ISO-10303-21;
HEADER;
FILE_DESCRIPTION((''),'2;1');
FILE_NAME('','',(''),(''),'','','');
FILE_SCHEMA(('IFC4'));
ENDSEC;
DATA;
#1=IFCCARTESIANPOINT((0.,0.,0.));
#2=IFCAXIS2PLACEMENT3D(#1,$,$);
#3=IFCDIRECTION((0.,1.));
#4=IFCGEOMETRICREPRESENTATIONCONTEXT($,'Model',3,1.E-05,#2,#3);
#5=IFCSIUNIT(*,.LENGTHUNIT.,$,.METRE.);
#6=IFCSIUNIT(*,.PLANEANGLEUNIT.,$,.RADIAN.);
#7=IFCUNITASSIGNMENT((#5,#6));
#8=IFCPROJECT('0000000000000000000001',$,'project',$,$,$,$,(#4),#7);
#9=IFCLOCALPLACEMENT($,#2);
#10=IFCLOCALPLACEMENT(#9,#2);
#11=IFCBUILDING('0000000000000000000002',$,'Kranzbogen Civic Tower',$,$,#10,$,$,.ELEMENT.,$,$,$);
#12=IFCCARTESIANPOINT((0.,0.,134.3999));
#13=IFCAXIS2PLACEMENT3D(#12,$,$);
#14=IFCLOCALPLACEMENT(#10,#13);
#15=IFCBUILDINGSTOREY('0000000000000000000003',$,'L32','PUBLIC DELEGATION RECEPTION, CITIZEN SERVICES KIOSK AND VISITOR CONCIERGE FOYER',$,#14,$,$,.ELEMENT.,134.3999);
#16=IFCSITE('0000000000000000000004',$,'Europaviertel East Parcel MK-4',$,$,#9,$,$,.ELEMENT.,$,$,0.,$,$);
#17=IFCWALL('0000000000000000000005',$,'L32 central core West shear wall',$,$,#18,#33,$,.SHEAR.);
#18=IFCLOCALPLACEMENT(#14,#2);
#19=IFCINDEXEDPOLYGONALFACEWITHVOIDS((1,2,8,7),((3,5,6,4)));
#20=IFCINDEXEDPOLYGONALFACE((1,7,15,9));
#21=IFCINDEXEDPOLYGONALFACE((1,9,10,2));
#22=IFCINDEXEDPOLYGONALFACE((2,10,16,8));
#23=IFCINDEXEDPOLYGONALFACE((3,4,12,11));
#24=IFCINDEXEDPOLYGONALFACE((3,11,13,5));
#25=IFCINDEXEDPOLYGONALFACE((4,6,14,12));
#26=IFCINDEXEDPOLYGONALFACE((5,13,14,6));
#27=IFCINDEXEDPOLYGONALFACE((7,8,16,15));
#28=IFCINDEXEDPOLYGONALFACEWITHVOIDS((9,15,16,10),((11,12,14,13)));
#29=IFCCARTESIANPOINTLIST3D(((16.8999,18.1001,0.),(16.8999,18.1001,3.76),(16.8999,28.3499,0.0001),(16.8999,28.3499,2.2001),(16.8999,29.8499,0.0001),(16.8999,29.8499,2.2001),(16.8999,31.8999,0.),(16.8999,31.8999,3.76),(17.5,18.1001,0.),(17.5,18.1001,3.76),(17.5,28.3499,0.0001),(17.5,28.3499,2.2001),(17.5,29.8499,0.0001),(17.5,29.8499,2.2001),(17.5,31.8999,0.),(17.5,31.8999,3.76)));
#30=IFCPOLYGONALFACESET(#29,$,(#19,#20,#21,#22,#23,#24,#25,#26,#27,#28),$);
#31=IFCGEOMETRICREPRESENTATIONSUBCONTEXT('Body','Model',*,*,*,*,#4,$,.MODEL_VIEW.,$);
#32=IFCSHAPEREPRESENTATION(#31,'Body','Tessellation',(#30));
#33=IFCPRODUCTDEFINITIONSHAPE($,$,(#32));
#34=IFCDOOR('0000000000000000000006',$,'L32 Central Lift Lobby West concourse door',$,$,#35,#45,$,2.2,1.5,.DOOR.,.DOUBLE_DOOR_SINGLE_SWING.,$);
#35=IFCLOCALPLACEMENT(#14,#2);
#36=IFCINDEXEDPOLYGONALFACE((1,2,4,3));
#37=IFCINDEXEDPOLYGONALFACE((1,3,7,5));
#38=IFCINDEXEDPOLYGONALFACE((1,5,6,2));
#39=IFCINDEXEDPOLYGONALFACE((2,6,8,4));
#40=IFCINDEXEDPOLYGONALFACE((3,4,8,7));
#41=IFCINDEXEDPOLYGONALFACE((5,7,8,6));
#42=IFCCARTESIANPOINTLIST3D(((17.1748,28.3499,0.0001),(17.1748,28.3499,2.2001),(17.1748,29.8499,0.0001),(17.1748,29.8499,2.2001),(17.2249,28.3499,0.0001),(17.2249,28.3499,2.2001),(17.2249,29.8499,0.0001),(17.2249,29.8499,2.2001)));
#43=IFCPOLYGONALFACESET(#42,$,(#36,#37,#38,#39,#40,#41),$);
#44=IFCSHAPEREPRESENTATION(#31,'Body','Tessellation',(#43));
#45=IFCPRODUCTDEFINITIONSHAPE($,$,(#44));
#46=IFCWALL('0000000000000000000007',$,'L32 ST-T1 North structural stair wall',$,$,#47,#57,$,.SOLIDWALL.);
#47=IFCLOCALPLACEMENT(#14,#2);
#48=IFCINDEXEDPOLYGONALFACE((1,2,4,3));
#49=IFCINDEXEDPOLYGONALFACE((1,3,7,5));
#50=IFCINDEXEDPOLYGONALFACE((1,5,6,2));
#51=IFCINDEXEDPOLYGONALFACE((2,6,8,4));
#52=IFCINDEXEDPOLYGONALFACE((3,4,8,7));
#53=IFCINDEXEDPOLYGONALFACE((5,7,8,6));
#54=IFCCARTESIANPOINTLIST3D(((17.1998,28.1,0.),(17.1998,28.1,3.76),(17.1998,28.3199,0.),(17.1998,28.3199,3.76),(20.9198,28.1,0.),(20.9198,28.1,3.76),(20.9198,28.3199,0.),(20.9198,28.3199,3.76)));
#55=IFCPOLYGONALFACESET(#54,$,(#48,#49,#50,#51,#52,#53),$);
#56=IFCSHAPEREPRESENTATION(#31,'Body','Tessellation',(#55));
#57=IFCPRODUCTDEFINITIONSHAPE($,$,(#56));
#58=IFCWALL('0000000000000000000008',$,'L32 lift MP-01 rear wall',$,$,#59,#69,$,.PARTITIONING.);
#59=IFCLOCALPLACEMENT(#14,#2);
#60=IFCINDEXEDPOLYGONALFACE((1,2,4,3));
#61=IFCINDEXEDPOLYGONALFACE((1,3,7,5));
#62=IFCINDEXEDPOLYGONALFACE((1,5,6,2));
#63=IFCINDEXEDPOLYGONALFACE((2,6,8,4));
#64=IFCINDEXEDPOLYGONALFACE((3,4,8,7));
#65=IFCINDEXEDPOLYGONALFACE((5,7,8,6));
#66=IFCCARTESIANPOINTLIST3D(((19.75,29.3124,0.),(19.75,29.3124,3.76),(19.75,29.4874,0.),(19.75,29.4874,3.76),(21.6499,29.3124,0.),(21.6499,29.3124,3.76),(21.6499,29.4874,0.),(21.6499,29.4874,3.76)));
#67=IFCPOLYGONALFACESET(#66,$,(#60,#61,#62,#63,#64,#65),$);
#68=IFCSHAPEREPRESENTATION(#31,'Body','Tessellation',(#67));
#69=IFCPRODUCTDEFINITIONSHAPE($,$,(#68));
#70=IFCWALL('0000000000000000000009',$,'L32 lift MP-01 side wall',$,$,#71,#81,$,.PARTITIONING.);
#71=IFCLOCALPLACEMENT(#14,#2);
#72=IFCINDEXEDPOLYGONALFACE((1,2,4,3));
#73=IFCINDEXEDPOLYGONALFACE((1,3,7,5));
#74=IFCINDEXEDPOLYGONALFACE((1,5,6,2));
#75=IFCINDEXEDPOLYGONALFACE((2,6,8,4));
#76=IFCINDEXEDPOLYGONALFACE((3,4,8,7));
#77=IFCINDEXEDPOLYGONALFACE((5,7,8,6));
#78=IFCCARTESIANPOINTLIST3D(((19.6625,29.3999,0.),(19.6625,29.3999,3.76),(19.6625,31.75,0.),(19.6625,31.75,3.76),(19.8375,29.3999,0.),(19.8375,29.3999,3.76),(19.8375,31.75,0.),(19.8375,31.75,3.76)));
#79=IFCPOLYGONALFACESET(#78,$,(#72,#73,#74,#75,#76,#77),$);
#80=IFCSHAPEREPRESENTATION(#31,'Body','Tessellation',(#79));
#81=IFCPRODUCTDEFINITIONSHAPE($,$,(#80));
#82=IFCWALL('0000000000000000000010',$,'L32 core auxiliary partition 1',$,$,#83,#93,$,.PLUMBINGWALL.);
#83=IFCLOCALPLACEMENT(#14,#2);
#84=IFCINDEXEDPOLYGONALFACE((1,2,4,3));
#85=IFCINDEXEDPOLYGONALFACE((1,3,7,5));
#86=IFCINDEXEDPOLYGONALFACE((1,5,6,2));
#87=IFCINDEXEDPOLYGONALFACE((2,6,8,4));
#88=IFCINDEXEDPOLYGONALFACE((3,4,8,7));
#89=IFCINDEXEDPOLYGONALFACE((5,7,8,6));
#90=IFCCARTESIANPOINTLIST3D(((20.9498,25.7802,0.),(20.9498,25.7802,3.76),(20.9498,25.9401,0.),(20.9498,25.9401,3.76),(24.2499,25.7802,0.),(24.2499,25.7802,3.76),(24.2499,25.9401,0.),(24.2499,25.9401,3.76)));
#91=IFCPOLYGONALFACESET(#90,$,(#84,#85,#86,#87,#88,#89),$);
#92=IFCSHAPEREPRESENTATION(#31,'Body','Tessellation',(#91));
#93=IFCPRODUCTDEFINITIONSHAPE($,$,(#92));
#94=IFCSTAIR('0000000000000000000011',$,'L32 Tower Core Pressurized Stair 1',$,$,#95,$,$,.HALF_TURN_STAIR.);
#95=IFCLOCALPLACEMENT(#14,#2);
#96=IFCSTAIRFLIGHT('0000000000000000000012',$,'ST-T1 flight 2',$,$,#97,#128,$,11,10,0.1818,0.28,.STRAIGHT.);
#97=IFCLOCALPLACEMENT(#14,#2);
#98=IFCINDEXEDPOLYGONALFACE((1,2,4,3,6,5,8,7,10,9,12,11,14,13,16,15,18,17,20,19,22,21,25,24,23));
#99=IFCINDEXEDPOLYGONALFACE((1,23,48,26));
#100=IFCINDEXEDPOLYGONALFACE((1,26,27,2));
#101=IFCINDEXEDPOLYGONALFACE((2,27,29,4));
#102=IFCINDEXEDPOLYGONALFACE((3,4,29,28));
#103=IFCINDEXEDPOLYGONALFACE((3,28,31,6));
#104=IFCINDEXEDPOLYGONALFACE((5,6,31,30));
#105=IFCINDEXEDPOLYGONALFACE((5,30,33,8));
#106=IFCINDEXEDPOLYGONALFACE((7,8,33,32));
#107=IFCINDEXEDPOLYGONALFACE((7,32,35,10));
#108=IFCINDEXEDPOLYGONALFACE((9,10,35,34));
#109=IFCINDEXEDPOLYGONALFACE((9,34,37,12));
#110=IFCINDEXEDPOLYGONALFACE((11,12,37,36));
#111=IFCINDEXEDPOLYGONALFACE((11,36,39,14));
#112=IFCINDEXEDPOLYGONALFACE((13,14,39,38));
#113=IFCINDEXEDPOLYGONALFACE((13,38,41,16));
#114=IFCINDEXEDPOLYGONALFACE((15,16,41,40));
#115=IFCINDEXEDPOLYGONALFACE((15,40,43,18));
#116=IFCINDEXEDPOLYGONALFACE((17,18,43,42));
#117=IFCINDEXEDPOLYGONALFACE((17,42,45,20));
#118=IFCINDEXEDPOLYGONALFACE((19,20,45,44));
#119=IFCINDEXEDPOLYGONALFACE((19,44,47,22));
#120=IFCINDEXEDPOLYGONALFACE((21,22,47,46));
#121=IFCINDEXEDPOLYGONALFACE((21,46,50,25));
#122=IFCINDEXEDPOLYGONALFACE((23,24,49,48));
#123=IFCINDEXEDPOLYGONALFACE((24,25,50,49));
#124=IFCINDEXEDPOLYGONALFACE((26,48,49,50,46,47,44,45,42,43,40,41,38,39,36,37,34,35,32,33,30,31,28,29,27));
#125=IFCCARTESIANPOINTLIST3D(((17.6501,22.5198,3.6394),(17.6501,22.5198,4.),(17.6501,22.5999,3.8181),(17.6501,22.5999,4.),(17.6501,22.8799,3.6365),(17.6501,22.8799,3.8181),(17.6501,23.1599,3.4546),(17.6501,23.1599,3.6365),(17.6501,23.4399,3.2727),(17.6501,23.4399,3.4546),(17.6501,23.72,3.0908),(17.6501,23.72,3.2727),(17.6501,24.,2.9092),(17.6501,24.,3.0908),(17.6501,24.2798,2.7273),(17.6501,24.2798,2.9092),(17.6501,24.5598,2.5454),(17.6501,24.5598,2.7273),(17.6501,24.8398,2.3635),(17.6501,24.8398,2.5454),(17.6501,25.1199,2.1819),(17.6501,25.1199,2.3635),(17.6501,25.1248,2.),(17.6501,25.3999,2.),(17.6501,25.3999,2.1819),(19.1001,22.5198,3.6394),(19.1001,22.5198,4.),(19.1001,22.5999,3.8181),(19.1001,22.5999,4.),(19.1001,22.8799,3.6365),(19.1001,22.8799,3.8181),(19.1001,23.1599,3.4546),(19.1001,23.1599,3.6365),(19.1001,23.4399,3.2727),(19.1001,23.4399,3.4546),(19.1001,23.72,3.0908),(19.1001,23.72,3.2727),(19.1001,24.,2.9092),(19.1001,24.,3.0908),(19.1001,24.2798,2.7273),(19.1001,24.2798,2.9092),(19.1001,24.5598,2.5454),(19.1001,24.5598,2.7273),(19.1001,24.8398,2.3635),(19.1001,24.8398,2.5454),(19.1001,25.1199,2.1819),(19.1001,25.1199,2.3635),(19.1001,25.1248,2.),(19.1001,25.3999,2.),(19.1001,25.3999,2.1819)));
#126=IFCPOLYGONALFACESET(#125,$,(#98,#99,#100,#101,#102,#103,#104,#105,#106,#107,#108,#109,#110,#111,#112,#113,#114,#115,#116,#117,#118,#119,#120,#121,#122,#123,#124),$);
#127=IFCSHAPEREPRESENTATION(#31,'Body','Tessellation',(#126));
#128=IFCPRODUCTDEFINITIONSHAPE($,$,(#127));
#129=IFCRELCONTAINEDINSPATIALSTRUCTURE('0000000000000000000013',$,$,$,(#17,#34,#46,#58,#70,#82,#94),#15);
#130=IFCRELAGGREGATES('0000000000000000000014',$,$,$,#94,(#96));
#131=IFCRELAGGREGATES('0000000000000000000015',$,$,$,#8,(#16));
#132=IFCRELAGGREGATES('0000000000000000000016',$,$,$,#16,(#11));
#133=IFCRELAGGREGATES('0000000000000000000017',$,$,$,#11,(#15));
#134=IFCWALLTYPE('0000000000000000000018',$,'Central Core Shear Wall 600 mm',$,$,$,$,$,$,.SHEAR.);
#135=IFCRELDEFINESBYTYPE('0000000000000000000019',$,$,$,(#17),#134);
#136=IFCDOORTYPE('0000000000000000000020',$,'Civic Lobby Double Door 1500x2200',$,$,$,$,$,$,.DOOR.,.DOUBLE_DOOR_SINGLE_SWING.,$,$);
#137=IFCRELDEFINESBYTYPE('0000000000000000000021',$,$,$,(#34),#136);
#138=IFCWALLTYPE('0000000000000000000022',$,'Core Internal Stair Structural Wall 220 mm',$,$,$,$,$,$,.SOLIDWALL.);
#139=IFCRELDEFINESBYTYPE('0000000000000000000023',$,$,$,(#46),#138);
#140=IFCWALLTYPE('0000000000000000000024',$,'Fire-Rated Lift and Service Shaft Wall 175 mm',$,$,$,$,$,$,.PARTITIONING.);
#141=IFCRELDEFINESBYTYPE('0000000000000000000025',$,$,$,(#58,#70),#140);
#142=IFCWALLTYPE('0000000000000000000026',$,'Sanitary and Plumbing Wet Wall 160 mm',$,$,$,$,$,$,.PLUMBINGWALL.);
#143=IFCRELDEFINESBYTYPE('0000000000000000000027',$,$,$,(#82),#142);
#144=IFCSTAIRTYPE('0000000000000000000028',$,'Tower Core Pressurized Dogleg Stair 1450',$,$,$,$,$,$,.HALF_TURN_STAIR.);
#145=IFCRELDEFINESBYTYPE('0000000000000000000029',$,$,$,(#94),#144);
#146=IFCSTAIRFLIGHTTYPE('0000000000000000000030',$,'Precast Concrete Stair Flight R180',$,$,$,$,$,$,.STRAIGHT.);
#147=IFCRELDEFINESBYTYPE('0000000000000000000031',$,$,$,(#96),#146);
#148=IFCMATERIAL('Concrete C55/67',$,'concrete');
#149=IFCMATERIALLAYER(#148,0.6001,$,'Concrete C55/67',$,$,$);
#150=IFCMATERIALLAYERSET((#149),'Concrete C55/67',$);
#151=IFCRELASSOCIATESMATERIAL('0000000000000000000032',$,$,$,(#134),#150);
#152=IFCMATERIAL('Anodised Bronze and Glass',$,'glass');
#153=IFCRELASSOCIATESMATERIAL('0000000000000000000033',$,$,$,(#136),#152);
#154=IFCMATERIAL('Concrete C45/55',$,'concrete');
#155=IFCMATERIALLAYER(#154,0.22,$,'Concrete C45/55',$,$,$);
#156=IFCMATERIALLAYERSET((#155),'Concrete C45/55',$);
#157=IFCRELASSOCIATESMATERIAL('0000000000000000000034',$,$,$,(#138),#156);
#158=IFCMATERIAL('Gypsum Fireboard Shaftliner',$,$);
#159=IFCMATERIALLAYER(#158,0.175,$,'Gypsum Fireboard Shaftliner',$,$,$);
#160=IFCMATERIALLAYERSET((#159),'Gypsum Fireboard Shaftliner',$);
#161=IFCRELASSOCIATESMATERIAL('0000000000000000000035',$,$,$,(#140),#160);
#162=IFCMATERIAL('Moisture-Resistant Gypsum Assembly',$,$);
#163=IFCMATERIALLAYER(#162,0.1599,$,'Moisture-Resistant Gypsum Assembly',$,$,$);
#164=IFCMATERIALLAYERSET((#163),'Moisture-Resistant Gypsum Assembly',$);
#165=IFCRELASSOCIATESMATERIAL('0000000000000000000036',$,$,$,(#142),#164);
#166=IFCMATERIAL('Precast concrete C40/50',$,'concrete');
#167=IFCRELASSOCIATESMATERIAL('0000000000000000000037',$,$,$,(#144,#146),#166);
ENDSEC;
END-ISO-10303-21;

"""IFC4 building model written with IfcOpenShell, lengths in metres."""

from ifc_helpers import new_model, si_unit, direction, frame, frame_2d, origin, place, context, subcontext, project, spatial, polyline, rectangle, outline, extrude, material, layer, layer_set, type_object, element, fill, aggregate, save


model = new_model("IFC4")

# Units and contexts
model_context = context("Model", 3, precision=1e-05, world=origin(), true_north=direction((0.0, 1.0)))
body_context = subcontext(model_context, "Body", "Model", "MODEL_VIEW")
ifc_project = project(units=[si_unit("LENGTHUNIT", "METRE"), si_unit("PLANEANGLEUNIT", "RADIAN")], contexts=[model_context])

# Site, building, storey
site_placement = place(None, origin())
site = spatial("IfcSite", under=ifc_project, at=site_placement, Name="Europaviertel East Parcel MK-4", CompositionType="ELEMENT", RefElevation=0.0)
building_placement = place(site_placement, origin())
building = spatial("IfcBuilding", under=site, at=building_placement, Name="Kranzbogen Civic Tower", CompositionType="ELEMENT")
storey_placement = place(building_placement, frame((0.0, 0.0, 134.3999)))
storey = spatial("IfcBuildingStorey", under=building, at=storey_placement, Name="L32", Description="PUBLIC DELEGATION RECEPTION, CITIZEN SERVICES KIOSK AND VISITOR CONCIERGE FOYER", CompositionType="ELEMENT", Elevation=134.3999)

# Wall, opening, door
ifc_material_1 = material(Name="Concrete C55/67", Category="concrete")
ifc_layer_1 = layer(ifc_material_1, 0.6001, Name="Concrete C55/67")
ifc_layer_set_1 = layer_set([ifc_layer_1], Name="Concrete C55/67")
wall_type_1 = type_object("IfcWallType", Name="Central Core Shear Wall 600 mm", PredefinedType="SHEAR", material=ifc_layer_set_1)
wall_1_placement = place(storey_placement, frame((17.2, 31.8999, 0.0), z_axis=(0.0, 0.0, 1.0), x_axis=(0.0, -1.0, 0.0)))
wall_1 = element("IfcWall", 1, at=wall_1_placement, inside=storey, type_object=wall_type_1, Name="L32 central core West shear wall", PredefinedType="SHEAR", context=body_context, shape_type="SweptSolid", body=[
    extrude(rectangle(XDim=13.7998, YDim=0.6001, at=frame_2d((6.8999, 0.0))), origin(), (0.0, 0.0, 1.0), 3.76),
])
opening_1_placement = place(wall_1_placement, frame((2.05, 0.0, 0.0)))
opening_1 = element("IfcOpeningElement", 2, at=opening_1_placement, cuts=wall_1, PredefinedType="OPENING", context=body_context, shape_type="SweptSolid", body=[
    extrude(rectangle(XDim=1.5, YDim=2.2, at=frame_2d((0.75, 1.1001))), frame((0.0, 0.3101, 0.0), z_axis=(0.0, -1.0, 0.0), x_axis=(1.0, 0.0, 0.0)), (0.0, 0.0, 1.0), 0.6201),
])
ifc_material_2 = material(Name="Anodised Bronze and Glass", Category="glass")
door_type_1 = type_object("IfcDoorType", Name="Civic Lobby Double Door 1500x2200", OperationType="DOUBLE_DOOR_SINGLE_SWING", PredefinedType="DOOR", material=ifc_material_2)
door_1_placement = place(opening_1_placement, origin())
door_1 = element("IfcDoor", 3, at=door_1_placement, inside=storey, type_object=door_type_1, Name="L32 Central Lift Lobby West concourse door", OperationType="DOUBLE_DOOR_SINGLE_SWING", OverallHeight=2.2, OverallWidth=1.5, PredefinedType="DOOR", context=body_context, shape_type="SweptSolid", body=[
    extrude(rectangle(XDim=1.5, YDim=2.2, at=frame_2d((0.75, 1.1001))), frame((0.0, 0.0249, 0.0), z_axis=(0.0, -1.0, 0.0), x_axis=(1.0, 0.0, 0.0)), (0.0, 0.0, 1.0), 0.05),
])
fill(opening_1, door_1)

# Walls
ifc_material_3 = material(Name="Concrete C45/55", Category="concrete")
ifc_layer_2 = layer(ifc_material_3, 0.22, Name="Concrete C45/55")
ifc_layer_set_2 = layer_set([ifc_layer_2], Name="Concrete C45/55")
wall_type_2 = type_object("IfcWallType", Name="Core Internal Stair Structural Wall 220 mm", PredefinedType="SOLIDWALL", material=ifc_layer_set_2)
wall_2_placement = place(storey_placement, frame((17.2, 28.21, 0.0), z_axis=(0.0, 0.0, 1.0), x_axis=(1.0, 0.0, 0.0)))
element("IfcWall", 4, at=wall_2_placement, inside=storey, type_object=wall_type_2, Name="L32 ST-T1 North structural stair wall", PredefinedType="SOLIDWALL", context=body_context, shape_type="SweptSolid", body=[
    extrude(rectangle(XDim=3.72, YDim=0.22, at=frame_2d((1.8599, 0.0))), origin(), (0.0, 0.0, 1.0), 3.76),
])
ifc_material_4 = material(Name="Gypsum Fireboard Shaftliner")
ifc_layer_3 = layer(ifc_material_4, 0.175, Name="Gypsum Fireboard Shaftliner")
ifc_layer_set_3 = layer_set([ifc_layer_3], Name="Gypsum Fireboard Shaftliner")
wall_type_3 = type_object("IfcWallType", Name="Fire-Rated Lift and Service Shaft Wall 175 mm", PredefinedType="PARTITIONING", material=ifc_layer_set_3)
wall_3_placement = place(storey_placement, frame((19.75, 29.3999, 0.0), z_axis=(0.0, 0.0, 1.0), x_axis=(1.0, 0.0, 0.0)))
element("IfcWall", 5, at=wall_3_placement, inside=storey, type_object=wall_type_3, Name="L32 lift MP-01 rear wall", PredefinedType="PARTITIONING", context=body_context, shape_type="SweptSolid", body=[
    extrude(rectangle(XDim=1.8999, YDim=0.175, at=frame_2d((0.95, 0.0))), origin(), (0.0, 0.0, 1.0), 3.76),
])
wall_4_placement = place(storey_placement, frame((19.75, 29.3999, 0.0), z_axis=(0.0, 0.0, 1.0), x_axis=(0.0, 1.0, 0.0)))
element("IfcWall", 6, at=wall_4_placement, inside=storey, type_object=wall_type_3, Name="L32 lift MP-01 side wall", PredefinedType="PARTITIONING", context=body_context, shape_type="SweptSolid", body=[
    extrude(rectangle(XDim=2.3501, YDim=0.175, at=frame_2d((1.175, 0.0))), origin(), (0.0, 0.0, 1.0), 3.76),
])
ifc_material_5 = material(Name="Moisture-Resistant Gypsum Assembly")
ifc_layer_4 = layer(ifc_material_5, 0.1599, Name="Moisture-Resistant Gypsum Assembly")
ifc_layer_set_4 = layer_set([ifc_layer_4], Name="Moisture-Resistant Gypsum Assembly")
wall_type_4 = type_object("IfcWallType", Name="Sanitary and Plumbing Wet Wall 160 mm", PredefinedType="PLUMBINGWALL", material=ifc_layer_set_4)
wall_5_placement = place(storey_placement, frame((20.95, 25.8601, 0.0), z_axis=(0.0, 0.0, 1.0), x_axis=(1.0, 0.0, 0.0)))
element("IfcWall", 7, at=wall_5_placement, inside=storey, type_object=wall_type_4, Name="L32 core auxiliary partition 1", PredefinedType="PLUMBINGWALL", context=body_context, shape_type="SweptSolid", body=[
    extrude(rectangle(XDim=3.3, YDim=0.1599, at=frame_2d((1.6499, 0.0))), origin(), (0.0, 0.0, 1.0), 3.76),
])

# Stair, stair flight
ifc_material_6 = material(Name="Precast concrete C40/50", Category="concrete")
stair_type = type_object("IfcStairType", Name="Tower Core Pressurized Dogleg Stair 1450", PredefinedType="HALF_TURN_STAIR", material=ifc_material_6)
stair_placement = place(storey_placement, origin())
stair = element("IfcStair", 8, at=stair_placement, inside=storey, type_object=stair_type, Name="L32 Tower Core Pressurized Stair 1", PredefinedType="HALF_TURN_STAIR")
stair_flight_type = type_object("IfcStairFlightType", Name="Precast Concrete Stair Flight R180", PredefinedType="STRAIGHT", material=ifc_material_6)
stair_flight_placement = place(storey_placement, frame((18.375, 25.3999, 2.0), z_axis=(0.0, 0.0, 1.0), x_axis=(0.0, -1.0, 0.0)))
stair_flight = element("IfcStairFlight", 9, at=stair_flight_placement, type_object=stair_flight_type, Name="ST-T1 flight 2", NumberOfRisers=11, NumberOfTreads=10, PredefinedType="STRAIGHT", RiserHeight=0.1818, TreadLength=0.28, context=body_context, shape_type="SweptSolid", body=[
    extrude(outline(polyline([(0.0, 0.0), (0.0, 0.1819), (0.28, 0.1819), (0.28, 0.3635), (0.5601, 0.3635), (0.5601, 0.5454), (0.8401, 0.5454), (0.8401, 0.7273), (1.1201, 0.7273), (1.1201, 0.9092), (1.3999, 0.9092), (1.3999, 1.0908), (1.6799, 1.0908), (1.6799, 1.2727), (1.96, 1.2727), (1.96, 1.4546), (2.24, 1.4546), (2.24, 1.6365), (2.52, 1.6365), (2.52, 1.8181), (2.8, 1.8181), (2.8, 2.0), (2.8801, 2.0), (2.8801, 1.6394), (0.2751, 0.0), (0.0, 0.0)])), frame((0.0, 0.7251, 0.0), z_axis=(0.0, -1.0, 0.0), x_axis=(1.0, 0.0, 0.0)), (0.0, 0.0, 1.0), 1.45),
])
aggregate(stair, [stair_flight])

save(model, "model.ifc")
